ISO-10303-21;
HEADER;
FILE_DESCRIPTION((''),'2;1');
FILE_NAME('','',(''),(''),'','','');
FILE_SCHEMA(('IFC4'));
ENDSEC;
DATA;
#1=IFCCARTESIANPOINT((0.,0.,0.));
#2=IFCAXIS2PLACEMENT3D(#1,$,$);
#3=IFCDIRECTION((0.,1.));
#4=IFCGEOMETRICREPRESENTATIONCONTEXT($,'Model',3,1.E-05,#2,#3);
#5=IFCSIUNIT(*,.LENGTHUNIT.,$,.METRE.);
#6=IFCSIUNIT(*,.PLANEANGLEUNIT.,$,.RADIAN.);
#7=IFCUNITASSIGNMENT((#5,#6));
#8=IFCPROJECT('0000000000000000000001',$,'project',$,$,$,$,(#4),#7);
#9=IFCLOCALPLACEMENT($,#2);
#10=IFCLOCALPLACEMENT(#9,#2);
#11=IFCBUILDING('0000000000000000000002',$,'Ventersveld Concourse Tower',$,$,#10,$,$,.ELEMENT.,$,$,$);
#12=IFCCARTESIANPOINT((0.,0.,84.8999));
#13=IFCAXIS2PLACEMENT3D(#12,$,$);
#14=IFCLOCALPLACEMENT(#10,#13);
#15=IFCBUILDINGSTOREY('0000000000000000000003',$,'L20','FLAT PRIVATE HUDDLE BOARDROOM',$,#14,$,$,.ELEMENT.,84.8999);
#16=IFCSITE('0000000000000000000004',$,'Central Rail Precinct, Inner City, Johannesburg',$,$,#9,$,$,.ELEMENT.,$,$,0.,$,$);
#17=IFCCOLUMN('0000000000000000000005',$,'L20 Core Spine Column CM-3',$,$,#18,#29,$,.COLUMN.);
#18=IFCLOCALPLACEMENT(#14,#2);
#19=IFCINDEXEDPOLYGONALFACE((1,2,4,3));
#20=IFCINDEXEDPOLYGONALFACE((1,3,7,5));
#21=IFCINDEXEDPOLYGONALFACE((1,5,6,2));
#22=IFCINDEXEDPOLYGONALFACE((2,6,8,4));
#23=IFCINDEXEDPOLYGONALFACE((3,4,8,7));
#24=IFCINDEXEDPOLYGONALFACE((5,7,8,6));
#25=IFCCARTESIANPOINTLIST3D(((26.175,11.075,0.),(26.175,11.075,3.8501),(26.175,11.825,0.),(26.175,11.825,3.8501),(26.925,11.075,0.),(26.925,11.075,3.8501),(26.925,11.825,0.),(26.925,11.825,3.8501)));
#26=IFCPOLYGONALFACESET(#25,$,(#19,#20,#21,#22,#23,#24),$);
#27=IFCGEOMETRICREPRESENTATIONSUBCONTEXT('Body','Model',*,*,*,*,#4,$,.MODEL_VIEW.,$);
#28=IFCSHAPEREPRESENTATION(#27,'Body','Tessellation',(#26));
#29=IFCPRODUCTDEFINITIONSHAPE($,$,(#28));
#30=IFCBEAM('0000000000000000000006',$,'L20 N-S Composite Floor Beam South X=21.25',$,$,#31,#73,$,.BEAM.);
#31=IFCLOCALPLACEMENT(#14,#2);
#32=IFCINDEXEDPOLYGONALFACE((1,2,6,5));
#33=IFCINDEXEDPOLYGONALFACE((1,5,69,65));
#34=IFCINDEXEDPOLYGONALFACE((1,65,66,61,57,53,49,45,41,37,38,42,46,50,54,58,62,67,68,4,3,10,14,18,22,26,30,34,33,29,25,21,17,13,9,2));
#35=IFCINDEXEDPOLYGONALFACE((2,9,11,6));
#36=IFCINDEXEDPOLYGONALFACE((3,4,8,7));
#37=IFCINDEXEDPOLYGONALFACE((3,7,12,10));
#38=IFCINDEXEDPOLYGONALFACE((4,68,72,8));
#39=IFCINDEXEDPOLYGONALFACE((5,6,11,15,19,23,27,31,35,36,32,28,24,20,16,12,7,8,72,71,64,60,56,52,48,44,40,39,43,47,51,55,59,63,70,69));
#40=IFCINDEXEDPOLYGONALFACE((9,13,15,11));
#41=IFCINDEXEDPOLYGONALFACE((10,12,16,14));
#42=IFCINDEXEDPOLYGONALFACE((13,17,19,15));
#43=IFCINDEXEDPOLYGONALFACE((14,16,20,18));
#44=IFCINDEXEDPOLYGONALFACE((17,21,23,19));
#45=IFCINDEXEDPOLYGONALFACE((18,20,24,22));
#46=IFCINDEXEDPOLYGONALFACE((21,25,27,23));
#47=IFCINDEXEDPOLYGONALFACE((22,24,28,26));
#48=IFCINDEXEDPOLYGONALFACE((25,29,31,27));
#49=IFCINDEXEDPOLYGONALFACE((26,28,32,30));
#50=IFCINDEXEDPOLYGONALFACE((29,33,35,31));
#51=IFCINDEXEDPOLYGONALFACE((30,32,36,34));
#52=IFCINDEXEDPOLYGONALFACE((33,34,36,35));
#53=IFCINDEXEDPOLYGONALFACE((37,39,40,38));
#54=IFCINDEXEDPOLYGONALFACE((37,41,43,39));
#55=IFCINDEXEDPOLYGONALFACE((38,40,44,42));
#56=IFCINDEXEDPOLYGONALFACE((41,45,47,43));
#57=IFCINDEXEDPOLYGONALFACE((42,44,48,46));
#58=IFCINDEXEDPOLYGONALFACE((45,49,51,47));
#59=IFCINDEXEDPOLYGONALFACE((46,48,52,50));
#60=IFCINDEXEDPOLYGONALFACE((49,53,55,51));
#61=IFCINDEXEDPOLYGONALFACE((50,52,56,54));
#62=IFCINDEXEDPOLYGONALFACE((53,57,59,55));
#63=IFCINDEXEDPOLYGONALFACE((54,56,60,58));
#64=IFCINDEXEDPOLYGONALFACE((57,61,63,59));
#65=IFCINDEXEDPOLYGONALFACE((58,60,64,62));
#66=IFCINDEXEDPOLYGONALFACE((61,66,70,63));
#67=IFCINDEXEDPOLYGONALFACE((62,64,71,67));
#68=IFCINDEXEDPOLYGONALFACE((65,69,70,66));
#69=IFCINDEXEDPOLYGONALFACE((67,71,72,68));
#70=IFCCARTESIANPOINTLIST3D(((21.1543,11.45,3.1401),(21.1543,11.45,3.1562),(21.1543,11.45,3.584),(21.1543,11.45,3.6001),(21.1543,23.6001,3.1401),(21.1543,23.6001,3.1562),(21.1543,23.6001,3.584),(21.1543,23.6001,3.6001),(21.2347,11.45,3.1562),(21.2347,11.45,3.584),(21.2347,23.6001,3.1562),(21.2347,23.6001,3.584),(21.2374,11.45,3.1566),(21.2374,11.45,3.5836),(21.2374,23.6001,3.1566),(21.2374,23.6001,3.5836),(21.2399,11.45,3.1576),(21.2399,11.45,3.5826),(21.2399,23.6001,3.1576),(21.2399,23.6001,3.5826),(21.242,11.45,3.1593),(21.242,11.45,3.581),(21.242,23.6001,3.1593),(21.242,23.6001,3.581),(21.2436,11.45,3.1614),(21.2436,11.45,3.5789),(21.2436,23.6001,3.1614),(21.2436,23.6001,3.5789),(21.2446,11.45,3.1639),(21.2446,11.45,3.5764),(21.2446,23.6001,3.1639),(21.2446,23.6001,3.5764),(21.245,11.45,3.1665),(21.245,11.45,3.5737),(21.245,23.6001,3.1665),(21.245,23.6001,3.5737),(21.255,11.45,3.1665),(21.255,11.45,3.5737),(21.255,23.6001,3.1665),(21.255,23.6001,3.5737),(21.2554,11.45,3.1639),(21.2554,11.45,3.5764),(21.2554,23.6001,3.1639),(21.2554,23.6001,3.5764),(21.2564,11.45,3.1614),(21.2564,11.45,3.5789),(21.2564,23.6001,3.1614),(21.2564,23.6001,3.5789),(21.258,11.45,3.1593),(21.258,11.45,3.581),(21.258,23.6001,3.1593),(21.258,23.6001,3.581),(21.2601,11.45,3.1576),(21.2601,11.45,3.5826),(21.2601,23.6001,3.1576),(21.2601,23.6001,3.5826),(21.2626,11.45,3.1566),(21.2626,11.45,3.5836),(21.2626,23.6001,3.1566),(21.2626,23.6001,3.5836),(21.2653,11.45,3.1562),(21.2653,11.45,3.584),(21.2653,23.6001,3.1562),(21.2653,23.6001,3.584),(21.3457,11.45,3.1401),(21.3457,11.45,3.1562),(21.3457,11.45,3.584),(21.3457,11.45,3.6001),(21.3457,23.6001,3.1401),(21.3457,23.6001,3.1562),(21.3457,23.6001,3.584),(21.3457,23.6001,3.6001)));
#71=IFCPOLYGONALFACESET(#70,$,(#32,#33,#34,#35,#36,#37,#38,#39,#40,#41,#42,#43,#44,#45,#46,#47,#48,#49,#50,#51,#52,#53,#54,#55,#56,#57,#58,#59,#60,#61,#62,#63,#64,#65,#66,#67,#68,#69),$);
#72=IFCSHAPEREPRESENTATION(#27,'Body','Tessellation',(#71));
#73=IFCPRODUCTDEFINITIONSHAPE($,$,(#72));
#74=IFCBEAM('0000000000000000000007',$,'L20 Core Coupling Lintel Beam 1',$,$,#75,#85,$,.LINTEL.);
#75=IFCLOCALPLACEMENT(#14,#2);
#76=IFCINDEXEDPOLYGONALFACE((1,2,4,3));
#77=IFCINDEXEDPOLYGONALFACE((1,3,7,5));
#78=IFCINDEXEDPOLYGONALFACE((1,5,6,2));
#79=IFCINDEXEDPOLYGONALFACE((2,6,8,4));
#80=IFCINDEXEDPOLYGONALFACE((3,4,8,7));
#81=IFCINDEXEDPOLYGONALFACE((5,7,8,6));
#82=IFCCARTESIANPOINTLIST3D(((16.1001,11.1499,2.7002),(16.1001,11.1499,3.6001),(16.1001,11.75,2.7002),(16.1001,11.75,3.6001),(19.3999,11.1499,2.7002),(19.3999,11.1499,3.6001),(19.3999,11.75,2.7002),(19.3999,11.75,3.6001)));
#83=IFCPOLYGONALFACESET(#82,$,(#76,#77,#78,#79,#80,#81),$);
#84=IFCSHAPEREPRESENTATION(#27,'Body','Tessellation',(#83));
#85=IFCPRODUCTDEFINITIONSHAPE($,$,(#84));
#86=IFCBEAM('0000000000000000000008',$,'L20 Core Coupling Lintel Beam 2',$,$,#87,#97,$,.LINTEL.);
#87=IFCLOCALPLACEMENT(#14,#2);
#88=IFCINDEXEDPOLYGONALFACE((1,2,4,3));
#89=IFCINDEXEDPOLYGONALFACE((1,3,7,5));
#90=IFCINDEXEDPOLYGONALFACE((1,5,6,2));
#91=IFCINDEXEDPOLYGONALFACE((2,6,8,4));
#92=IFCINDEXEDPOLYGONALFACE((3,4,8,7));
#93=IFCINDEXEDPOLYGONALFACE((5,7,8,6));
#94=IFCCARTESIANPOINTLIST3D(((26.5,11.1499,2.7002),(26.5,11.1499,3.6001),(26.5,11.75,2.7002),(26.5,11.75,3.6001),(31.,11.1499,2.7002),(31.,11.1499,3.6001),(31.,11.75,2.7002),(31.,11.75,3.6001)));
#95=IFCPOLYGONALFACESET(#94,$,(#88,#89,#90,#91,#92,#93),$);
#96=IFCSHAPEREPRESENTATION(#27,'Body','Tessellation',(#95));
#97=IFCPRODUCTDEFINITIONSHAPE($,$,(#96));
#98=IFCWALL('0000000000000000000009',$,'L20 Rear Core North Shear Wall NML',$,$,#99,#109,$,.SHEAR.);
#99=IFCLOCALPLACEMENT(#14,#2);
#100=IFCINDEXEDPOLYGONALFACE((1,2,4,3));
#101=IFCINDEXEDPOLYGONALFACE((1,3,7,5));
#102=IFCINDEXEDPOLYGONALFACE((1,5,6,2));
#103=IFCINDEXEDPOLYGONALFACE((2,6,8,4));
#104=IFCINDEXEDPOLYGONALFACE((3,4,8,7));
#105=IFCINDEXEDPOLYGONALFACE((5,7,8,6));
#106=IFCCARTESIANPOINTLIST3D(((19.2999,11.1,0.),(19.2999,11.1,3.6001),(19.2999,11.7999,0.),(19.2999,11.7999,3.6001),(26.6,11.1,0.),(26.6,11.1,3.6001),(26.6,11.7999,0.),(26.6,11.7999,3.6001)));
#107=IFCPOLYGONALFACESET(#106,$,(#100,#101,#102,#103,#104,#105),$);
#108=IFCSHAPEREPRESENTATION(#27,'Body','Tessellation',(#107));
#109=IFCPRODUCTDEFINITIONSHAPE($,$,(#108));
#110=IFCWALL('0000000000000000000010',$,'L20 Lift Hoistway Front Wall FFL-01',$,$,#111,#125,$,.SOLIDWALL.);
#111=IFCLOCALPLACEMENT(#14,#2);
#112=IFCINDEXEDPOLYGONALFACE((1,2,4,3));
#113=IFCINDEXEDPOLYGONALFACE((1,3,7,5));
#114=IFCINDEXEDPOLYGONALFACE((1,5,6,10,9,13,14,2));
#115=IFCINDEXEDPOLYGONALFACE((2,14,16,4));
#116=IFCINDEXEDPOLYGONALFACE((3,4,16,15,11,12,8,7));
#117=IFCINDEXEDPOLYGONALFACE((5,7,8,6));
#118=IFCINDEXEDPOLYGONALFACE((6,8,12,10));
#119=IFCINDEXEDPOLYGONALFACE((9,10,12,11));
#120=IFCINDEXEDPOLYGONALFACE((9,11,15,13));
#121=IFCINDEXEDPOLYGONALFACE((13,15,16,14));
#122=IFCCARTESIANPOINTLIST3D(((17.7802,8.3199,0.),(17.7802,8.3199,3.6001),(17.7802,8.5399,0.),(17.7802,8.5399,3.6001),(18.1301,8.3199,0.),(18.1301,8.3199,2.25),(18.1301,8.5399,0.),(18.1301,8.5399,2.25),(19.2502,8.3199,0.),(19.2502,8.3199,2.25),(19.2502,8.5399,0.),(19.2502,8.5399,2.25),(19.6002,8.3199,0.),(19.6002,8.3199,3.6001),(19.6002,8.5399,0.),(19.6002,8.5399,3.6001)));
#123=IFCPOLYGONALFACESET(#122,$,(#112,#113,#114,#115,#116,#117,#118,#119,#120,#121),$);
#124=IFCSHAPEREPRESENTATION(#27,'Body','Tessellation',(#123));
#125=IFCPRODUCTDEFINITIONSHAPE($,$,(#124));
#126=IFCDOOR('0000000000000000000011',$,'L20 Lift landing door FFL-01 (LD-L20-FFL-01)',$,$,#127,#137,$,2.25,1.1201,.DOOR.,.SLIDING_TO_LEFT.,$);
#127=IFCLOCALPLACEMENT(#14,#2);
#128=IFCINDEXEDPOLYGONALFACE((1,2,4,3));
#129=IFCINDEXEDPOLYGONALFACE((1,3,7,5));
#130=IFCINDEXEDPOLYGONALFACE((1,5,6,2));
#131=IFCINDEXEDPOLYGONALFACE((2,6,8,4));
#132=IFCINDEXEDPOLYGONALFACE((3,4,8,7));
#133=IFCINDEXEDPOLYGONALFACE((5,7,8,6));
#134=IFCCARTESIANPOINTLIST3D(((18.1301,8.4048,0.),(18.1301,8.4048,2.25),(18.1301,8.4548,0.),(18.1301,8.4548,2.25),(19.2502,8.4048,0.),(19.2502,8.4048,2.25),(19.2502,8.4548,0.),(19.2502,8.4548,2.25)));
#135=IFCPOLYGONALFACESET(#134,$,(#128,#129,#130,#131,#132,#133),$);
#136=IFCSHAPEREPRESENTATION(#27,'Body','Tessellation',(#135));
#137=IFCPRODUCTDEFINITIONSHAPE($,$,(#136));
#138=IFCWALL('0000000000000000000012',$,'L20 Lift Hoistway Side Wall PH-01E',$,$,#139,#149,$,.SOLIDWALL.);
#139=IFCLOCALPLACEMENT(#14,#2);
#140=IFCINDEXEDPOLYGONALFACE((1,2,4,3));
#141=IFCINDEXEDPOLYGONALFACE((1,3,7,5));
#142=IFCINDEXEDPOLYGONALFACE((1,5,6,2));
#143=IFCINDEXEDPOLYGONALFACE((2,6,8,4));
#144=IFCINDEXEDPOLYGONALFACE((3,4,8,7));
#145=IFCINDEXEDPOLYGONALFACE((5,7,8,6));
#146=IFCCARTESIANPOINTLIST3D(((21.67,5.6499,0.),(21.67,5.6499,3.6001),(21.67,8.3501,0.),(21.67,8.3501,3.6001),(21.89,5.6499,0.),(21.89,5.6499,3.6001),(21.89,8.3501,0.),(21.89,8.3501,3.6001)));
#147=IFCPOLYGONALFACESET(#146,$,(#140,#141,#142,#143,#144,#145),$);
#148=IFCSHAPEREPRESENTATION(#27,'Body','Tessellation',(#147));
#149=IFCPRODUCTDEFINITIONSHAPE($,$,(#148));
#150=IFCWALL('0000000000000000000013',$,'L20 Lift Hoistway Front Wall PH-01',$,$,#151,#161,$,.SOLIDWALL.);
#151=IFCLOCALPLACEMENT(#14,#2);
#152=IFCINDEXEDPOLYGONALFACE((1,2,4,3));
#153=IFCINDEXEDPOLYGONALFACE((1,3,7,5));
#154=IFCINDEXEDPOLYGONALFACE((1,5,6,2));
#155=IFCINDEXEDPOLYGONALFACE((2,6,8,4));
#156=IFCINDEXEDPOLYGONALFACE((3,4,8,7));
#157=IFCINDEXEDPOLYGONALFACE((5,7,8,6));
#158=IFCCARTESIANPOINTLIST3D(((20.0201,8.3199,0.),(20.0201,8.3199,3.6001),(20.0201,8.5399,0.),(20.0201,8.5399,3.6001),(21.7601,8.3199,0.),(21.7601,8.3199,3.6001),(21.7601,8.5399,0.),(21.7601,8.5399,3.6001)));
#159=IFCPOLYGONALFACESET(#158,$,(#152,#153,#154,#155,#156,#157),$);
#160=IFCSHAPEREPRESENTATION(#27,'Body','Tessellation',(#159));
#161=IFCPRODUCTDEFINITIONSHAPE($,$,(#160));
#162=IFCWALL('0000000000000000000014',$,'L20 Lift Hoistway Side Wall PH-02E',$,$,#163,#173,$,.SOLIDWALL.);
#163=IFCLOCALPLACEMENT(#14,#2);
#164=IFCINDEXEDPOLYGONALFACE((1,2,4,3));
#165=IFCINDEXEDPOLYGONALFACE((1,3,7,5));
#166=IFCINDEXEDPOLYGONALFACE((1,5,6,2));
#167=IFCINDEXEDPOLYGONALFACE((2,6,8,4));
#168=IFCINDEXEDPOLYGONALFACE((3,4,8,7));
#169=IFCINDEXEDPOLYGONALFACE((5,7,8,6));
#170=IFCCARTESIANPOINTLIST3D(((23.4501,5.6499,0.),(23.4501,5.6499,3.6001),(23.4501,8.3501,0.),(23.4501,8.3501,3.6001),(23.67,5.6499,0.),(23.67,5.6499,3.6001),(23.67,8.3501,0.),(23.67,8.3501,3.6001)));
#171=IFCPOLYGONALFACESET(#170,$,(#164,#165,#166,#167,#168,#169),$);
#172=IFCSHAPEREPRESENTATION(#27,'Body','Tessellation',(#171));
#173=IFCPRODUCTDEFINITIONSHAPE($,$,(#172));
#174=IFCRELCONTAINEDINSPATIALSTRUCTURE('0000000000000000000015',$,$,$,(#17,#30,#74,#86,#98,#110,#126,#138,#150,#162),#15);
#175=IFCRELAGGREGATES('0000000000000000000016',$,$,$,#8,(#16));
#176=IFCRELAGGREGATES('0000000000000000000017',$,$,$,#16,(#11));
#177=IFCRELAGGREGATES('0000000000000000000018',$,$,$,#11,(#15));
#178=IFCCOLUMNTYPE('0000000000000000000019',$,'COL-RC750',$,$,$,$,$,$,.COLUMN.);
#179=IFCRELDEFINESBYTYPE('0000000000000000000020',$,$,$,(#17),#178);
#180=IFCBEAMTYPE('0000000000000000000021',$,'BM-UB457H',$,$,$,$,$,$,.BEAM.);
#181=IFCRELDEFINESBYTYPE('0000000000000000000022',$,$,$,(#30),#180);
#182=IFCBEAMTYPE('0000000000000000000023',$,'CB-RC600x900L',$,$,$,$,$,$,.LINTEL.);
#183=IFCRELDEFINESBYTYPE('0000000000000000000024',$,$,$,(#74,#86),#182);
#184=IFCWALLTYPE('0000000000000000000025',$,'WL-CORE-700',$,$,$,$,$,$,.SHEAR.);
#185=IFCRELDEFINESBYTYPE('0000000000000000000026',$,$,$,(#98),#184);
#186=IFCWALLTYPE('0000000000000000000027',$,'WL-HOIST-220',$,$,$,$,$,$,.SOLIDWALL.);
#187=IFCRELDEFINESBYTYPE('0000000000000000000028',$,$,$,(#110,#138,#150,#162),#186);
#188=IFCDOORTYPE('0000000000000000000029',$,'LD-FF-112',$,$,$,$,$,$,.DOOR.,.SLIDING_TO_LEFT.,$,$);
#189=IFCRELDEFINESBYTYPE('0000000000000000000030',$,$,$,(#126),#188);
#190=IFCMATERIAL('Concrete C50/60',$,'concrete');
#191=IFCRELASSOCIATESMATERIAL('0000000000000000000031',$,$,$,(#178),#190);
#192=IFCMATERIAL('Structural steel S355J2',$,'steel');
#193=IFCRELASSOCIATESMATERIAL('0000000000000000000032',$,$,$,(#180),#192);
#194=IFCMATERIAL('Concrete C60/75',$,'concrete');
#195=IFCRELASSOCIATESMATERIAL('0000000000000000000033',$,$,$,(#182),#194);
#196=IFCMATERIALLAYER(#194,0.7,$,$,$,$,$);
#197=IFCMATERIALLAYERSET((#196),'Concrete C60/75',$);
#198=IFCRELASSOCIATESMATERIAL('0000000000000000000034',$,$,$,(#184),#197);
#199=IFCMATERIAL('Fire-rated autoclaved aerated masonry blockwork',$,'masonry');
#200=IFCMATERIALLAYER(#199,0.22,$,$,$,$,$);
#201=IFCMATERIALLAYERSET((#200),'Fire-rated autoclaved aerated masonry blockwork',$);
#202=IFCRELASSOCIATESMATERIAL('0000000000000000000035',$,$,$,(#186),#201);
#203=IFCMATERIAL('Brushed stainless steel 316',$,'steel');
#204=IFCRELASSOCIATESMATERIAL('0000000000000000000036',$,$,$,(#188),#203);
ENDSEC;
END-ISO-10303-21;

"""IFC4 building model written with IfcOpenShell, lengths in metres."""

from ifc_helpers import new_model, si_unit, direction, frame, frame_2d, origin, origin_2d, place, context, subcontext, project, spatial, rectangle, i_section, extrude, material, layer, layer_set, material_profile, profile_set, type_object, element, fill, save


model = new_model("IFC4")

# Units and contexts
model_context = context("Model", 3, precision=1e-05, world=origin(), true_north=direction((0.0, 1.0)))
body_context = subcontext(model_context, "Body", "Model", "MODEL_VIEW")
ifc_project = project(units=[si_unit("LENGTHUNIT", "METRE"), si_unit("PLANEANGLEUNIT", "RADIAN")], contexts=[model_context])

# Site, building, storey
site_placement = place(None, origin())
site = spatial("IfcSite", under=ifc_project, at=site_placement, Name="Central Rail Precinct, Inner City, Johannesburg", CompositionType="ELEMENT", RefElevation=0.0)
building_placement = place(site_placement, origin())
building = spatial("IfcBuilding", under=site, at=building_placement, Name="Ventersveld Concourse Tower", CompositionType="ELEMENT")
storey_placement = place(building_placement, frame((0.0, 0.0, 84.8999)))
storey = spatial("IfcBuildingStorey", under=building, at=storey_placement, Name="L20", Description="FLAT PRIVATE HUDDLE BOARDROOM", CompositionType="ELEMENT", Elevation=84.8999)

# Column
ifc_material_1 = material(Name="Concrete C50/60", Category="concrete")
ifc_material_profile_1 = material_profile(ifc_material_1, rectangle(XDim=0.75, YDim=0.75, at=origin_2d()), Name="RC 750x750")
ifc_profile_set_1 = profile_set([ifc_material_profile_1], Name="Concrete C50/60")
column_type = type_object("IfcColumnType", Name="COL-RC750", PredefinedType="COLUMN", material=ifc_profile_set_1)
column_placement = place(storey_placement, frame((26.55, 11.45, 0.0), z_axis=(0.0, 0.0, 1.0), x_axis=(1.0, 0.0, 0.0)))
element("IfcColumn", 1, at=column_placement, inside=storey, type_object=column_type, Name="L20 Core Spine Column CM-3", PredefinedType="COLUMN", context=body_context, shape_type="SweptSolid", body=[
    extrude(rectangle(XDim=0.75, YDim=0.75, at=origin_2d()), origin(), (0.0, 0.0, 1.0), 3.8501),
])

# Beams
ifc_material_2 = material(Name="Structural steel S355J2", Category="steel")
ifc_material_profile_2 = material_profile(ifc_material_2, i_section(OverallWidth=0.1914, OverallDepth=0.46, WebThickness=0.01, FlangeThickness=0.0161, FilletRadius=0.0103, at=origin_2d()), Name="UB 457x191x82")
ifc_profile_set_2 = profile_set([ifc_material_profile_2], Name="Structural steel S355J2")
beam_type_1 = type_object("IfcBeamType", Name="BM-UB457H", PredefinedType="BEAM", material=ifc_profile_set_2)
beam_1_placement = place(storey_placement, frame((21.25, 11.45, 3.3701), z_axis=(0.0, 1.0, 0.0), x_axis=(-1.0, 0.0, 0.0)))
element("IfcBeam", 2, at=beam_1_placement, inside=storey, type_object=beam_type_1, Name="L20 N-S Composite Floor Beam South X=21.25", PredefinedType="BEAM", context=body_context, shape_type="SweptSolid", body=[
    extrude(i_section(OverallWidth=0.1914, OverallDepth=0.46, WebThickness=0.01, FlangeThickness=0.0161, FilletRadius=0.0103, at=origin_2d()), origin(), (0.0, 0.0, 1.0), 12.1501),
])
ifc_material_3 = material(Name="Concrete C60/75", Category="concrete")
ifc_material_profile_3 = material_profile(ifc_material_3, rectangle(XDim=0.6001, YDim=0.8999, at=origin_2d()), Name="RC 600x900")
ifc_profile_set_3 = profile_set([ifc_material_profile_3], Name="Concrete C60/75")
beam_type_2 = type_object("IfcBeamType", Name="CB-RC600x900L", PredefinedType="LINTEL", material=ifc_profile_set_3)
beam_2_placement = place(storey_placement, frame((16.1001, 11.45, 3.1501), z_axis=(1.0, 0.0, 0.0), x_axis=(0.0, 1.0, 0.0)))
element("IfcBeam", 3, at=beam_2_placement, inside=storey, type_object=beam_type_2, Name="L20 Core Coupling Lintel Beam 1", PredefinedType="LINTEL", context=body_context, shape_type="SweptSolid", body=[
    extrude(rectangle(XDim=0.6001, YDim=0.8999, at=origin_2d()), origin(), (0.0, 0.0, 1.0), 3.2998),
])
beam_3_placement = place(storey_placement, frame((26.5, 11.45, 3.1501), z_axis=(1.0, 0.0, 0.0), x_axis=(0.0, 1.0, 0.0)))
element("IfcBeam", 4, at=beam_3_placement, inside=storey, type_object=beam_type_2, Name="L20 Core Coupling Lintel Beam 2", PredefinedType="LINTEL", context=body_context, shape_type="SweptSolid", body=[
    extrude(rectangle(XDim=0.6001, YDim=0.8999, at=origin_2d()), origin(), (0.0, 0.0, 1.0), 4.5),
])

# Wall
ifc_layer_1 = layer(ifc_material_3, 0.7)
ifc_layer_set_1 = layer_set([ifc_layer_1], Name="Concrete C60/75")
wall_type_1 = type_object("IfcWallType", Name="WL-CORE-700", PredefinedType="SHEAR", material=ifc_layer_set_1)
wall_1_placement = place(storey_placement, frame((19.3, 11.45, 0.0), z_axis=(0.0, 0.0, 1.0), x_axis=(1.0, 0.0, 0.0)))
element("IfcWall", 5, at=wall_1_placement, inside=storey, type_object=wall_type_1, Name="L20 Rear Core North Shear Wall NML", PredefinedType="SHEAR", context=body_context, shape_type="SweptSolid", body=[
    extrude(rectangle(XDim=7.3, YDim=0.7, at=frame_2d((3.6499, 0.0))), origin(), (0.0, 0.0, 1.0), 3.6001),
])

# Wall, opening, door
ifc_material_4 = material(Name="Fire-rated autoclaved aerated masonry blockwork", Category="masonry")
ifc_layer_2 = layer(ifc_material_4, 0.22)
ifc_layer_set_2 = layer_set([ifc_layer_2], Name="Fire-rated autoclaved aerated masonry blockwork")
wall_type_2 = type_object("IfcWallType", Name="WL-HOIST-220", PredefinedType="SOLIDWALL", material=ifc_layer_set_2)
wall_2_placement = place(storey_placement, frame((17.78, 8.4299, 0.0), z_axis=(0.0, 0.0, 1.0), x_axis=(1.0, 0.0, 0.0)))
wall_2 = element("IfcWall", 6, at=wall_2_placement, inside=storey, type_object=wall_type_2, Name="L20 Lift Hoistway Front Wall FFL-01", PredefinedType="SOLIDWALL", context=body_context, shape_type="SweptSolid", body=[
    extrude(rectangle(XDim=1.8201, YDim=0.22, at=frame_2d((0.9102, 0.0))), origin(), (0.0, 0.0, 1.0), 3.6001),
])
opening_1_placement = place(wall_2_placement, frame((0.3501, 0.0, 0.0)))
opening_1 = element("IfcOpeningElement", 7, at=opening_1_placement, cuts=wall_2, PredefinedType="OPENING", context=body_context, shape_type="SweptSolid", body=[
    extrude(rectangle(XDim=1.1201, YDim=2.25, at=frame_2d((0.5601, 1.125))), frame((0.0, 0.1201, 0.0), z_axis=(0.0, -1.0, 0.0), x_axis=(1.0, 0.0, 0.0)), (0.0, 0.0, 1.0), 0.24),
])
ifc_material_5 = material(Name="Brushed stainless steel 316", Category="steel")
door_type_1 = type_object("IfcDoorType", Name="LD-FF-112", OperationType="SLIDING_TO_LEFT", PredefinedType="DOOR", material=ifc_material_5)
door_1_placement = place(opening_1_placement, origin())
door_1 = element("IfcDoor", 8, at=door_1_placement, inside=storey, type_object=door_type_1, Name="L20 Lift landing door FFL-01 (LD-L20-FFL-01)", OperationType="SLIDING_TO_LEFT", OverallHeight=2.25, OverallWidth=1.1201, PredefinedType="DOOR", context=body_context, shape_type="SweptSolid", body=[
    extrude(rectangle(XDim=1.1201, YDim=2.25, at=frame_2d((0.5601, 1.125))), frame((0.0, 0.0249, 0.0), z_axis=(0.0, -1.0, 0.0), x_axis=(1.0, 0.0, 0.0)), (0.0, 0.0, 1.0), 0.05),
])
fill(opening_1, door_1)

# Walls
wall_3_placement = place(storey_placement, frame((21.78, 5.6499, 0.0), z_axis=(0.0, 0.0, 1.0), x_axis=(0.0, 1.0, 0.0)))
element("IfcWall", 9, at=wall_3_placement, inside=storey, type_object=wall_type_2, Name="L20 Lift Hoistway Side Wall PH-01E", PredefinedType="SOLIDWALL", context=body_context, shape_type="SweptSolid", body=[
    extrude(rectangle(XDim=2.7002, YDim=0.22, at=frame_2d((1.3501, 0.0))), origin(), (0.0, 0.0, 1.0), 3.6001),
])
wall_4_placement = place(storey_placement, frame((20.02, 8.4299, 0.0), z_axis=(0.0, 0.0, 1.0), x_axis=(1.0, 0.0, 0.0)))
element("IfcWall", 10, at=wall_4_placement, inside=storey, type_object=wall_type_2, Name="L20 Lift Hoistway Front Wall PH-01", PredefinedType="SOLIDWALL", context=body_context, shape_type="SweptSolid", body=[
    extrude(rectangle(XDim=1.74, YDim=0.22, at=frame_2d((0.8701, 0.0))), origin(), (0.0, 0.0, 1.0), 3.6001),
])
wall_5_placement = place(storey_placement, frame((23.5601, 5.6499, 0.0), z_axis=(0.0, 0.0, 1.0), x_axis=(0.0, 1.0, 0.0)))
element("IfcWall", 11, at=wall_5_placement, inside=storey, type_object=wall_type_2, Name="L20 Lift Hoistway Side Wall PH-02E", PredefinedType="SOLIDWALL", context=body_context, shape_type="SweptSolid", body=[
    extrude(rectangle(XDim=2.7002, YDim=0.22, at=frame_2d((1.3501, 0.0))), origin(), (0.0, 0.0, 1.0), 3.6001),
])

save(model, "model.ifc")
